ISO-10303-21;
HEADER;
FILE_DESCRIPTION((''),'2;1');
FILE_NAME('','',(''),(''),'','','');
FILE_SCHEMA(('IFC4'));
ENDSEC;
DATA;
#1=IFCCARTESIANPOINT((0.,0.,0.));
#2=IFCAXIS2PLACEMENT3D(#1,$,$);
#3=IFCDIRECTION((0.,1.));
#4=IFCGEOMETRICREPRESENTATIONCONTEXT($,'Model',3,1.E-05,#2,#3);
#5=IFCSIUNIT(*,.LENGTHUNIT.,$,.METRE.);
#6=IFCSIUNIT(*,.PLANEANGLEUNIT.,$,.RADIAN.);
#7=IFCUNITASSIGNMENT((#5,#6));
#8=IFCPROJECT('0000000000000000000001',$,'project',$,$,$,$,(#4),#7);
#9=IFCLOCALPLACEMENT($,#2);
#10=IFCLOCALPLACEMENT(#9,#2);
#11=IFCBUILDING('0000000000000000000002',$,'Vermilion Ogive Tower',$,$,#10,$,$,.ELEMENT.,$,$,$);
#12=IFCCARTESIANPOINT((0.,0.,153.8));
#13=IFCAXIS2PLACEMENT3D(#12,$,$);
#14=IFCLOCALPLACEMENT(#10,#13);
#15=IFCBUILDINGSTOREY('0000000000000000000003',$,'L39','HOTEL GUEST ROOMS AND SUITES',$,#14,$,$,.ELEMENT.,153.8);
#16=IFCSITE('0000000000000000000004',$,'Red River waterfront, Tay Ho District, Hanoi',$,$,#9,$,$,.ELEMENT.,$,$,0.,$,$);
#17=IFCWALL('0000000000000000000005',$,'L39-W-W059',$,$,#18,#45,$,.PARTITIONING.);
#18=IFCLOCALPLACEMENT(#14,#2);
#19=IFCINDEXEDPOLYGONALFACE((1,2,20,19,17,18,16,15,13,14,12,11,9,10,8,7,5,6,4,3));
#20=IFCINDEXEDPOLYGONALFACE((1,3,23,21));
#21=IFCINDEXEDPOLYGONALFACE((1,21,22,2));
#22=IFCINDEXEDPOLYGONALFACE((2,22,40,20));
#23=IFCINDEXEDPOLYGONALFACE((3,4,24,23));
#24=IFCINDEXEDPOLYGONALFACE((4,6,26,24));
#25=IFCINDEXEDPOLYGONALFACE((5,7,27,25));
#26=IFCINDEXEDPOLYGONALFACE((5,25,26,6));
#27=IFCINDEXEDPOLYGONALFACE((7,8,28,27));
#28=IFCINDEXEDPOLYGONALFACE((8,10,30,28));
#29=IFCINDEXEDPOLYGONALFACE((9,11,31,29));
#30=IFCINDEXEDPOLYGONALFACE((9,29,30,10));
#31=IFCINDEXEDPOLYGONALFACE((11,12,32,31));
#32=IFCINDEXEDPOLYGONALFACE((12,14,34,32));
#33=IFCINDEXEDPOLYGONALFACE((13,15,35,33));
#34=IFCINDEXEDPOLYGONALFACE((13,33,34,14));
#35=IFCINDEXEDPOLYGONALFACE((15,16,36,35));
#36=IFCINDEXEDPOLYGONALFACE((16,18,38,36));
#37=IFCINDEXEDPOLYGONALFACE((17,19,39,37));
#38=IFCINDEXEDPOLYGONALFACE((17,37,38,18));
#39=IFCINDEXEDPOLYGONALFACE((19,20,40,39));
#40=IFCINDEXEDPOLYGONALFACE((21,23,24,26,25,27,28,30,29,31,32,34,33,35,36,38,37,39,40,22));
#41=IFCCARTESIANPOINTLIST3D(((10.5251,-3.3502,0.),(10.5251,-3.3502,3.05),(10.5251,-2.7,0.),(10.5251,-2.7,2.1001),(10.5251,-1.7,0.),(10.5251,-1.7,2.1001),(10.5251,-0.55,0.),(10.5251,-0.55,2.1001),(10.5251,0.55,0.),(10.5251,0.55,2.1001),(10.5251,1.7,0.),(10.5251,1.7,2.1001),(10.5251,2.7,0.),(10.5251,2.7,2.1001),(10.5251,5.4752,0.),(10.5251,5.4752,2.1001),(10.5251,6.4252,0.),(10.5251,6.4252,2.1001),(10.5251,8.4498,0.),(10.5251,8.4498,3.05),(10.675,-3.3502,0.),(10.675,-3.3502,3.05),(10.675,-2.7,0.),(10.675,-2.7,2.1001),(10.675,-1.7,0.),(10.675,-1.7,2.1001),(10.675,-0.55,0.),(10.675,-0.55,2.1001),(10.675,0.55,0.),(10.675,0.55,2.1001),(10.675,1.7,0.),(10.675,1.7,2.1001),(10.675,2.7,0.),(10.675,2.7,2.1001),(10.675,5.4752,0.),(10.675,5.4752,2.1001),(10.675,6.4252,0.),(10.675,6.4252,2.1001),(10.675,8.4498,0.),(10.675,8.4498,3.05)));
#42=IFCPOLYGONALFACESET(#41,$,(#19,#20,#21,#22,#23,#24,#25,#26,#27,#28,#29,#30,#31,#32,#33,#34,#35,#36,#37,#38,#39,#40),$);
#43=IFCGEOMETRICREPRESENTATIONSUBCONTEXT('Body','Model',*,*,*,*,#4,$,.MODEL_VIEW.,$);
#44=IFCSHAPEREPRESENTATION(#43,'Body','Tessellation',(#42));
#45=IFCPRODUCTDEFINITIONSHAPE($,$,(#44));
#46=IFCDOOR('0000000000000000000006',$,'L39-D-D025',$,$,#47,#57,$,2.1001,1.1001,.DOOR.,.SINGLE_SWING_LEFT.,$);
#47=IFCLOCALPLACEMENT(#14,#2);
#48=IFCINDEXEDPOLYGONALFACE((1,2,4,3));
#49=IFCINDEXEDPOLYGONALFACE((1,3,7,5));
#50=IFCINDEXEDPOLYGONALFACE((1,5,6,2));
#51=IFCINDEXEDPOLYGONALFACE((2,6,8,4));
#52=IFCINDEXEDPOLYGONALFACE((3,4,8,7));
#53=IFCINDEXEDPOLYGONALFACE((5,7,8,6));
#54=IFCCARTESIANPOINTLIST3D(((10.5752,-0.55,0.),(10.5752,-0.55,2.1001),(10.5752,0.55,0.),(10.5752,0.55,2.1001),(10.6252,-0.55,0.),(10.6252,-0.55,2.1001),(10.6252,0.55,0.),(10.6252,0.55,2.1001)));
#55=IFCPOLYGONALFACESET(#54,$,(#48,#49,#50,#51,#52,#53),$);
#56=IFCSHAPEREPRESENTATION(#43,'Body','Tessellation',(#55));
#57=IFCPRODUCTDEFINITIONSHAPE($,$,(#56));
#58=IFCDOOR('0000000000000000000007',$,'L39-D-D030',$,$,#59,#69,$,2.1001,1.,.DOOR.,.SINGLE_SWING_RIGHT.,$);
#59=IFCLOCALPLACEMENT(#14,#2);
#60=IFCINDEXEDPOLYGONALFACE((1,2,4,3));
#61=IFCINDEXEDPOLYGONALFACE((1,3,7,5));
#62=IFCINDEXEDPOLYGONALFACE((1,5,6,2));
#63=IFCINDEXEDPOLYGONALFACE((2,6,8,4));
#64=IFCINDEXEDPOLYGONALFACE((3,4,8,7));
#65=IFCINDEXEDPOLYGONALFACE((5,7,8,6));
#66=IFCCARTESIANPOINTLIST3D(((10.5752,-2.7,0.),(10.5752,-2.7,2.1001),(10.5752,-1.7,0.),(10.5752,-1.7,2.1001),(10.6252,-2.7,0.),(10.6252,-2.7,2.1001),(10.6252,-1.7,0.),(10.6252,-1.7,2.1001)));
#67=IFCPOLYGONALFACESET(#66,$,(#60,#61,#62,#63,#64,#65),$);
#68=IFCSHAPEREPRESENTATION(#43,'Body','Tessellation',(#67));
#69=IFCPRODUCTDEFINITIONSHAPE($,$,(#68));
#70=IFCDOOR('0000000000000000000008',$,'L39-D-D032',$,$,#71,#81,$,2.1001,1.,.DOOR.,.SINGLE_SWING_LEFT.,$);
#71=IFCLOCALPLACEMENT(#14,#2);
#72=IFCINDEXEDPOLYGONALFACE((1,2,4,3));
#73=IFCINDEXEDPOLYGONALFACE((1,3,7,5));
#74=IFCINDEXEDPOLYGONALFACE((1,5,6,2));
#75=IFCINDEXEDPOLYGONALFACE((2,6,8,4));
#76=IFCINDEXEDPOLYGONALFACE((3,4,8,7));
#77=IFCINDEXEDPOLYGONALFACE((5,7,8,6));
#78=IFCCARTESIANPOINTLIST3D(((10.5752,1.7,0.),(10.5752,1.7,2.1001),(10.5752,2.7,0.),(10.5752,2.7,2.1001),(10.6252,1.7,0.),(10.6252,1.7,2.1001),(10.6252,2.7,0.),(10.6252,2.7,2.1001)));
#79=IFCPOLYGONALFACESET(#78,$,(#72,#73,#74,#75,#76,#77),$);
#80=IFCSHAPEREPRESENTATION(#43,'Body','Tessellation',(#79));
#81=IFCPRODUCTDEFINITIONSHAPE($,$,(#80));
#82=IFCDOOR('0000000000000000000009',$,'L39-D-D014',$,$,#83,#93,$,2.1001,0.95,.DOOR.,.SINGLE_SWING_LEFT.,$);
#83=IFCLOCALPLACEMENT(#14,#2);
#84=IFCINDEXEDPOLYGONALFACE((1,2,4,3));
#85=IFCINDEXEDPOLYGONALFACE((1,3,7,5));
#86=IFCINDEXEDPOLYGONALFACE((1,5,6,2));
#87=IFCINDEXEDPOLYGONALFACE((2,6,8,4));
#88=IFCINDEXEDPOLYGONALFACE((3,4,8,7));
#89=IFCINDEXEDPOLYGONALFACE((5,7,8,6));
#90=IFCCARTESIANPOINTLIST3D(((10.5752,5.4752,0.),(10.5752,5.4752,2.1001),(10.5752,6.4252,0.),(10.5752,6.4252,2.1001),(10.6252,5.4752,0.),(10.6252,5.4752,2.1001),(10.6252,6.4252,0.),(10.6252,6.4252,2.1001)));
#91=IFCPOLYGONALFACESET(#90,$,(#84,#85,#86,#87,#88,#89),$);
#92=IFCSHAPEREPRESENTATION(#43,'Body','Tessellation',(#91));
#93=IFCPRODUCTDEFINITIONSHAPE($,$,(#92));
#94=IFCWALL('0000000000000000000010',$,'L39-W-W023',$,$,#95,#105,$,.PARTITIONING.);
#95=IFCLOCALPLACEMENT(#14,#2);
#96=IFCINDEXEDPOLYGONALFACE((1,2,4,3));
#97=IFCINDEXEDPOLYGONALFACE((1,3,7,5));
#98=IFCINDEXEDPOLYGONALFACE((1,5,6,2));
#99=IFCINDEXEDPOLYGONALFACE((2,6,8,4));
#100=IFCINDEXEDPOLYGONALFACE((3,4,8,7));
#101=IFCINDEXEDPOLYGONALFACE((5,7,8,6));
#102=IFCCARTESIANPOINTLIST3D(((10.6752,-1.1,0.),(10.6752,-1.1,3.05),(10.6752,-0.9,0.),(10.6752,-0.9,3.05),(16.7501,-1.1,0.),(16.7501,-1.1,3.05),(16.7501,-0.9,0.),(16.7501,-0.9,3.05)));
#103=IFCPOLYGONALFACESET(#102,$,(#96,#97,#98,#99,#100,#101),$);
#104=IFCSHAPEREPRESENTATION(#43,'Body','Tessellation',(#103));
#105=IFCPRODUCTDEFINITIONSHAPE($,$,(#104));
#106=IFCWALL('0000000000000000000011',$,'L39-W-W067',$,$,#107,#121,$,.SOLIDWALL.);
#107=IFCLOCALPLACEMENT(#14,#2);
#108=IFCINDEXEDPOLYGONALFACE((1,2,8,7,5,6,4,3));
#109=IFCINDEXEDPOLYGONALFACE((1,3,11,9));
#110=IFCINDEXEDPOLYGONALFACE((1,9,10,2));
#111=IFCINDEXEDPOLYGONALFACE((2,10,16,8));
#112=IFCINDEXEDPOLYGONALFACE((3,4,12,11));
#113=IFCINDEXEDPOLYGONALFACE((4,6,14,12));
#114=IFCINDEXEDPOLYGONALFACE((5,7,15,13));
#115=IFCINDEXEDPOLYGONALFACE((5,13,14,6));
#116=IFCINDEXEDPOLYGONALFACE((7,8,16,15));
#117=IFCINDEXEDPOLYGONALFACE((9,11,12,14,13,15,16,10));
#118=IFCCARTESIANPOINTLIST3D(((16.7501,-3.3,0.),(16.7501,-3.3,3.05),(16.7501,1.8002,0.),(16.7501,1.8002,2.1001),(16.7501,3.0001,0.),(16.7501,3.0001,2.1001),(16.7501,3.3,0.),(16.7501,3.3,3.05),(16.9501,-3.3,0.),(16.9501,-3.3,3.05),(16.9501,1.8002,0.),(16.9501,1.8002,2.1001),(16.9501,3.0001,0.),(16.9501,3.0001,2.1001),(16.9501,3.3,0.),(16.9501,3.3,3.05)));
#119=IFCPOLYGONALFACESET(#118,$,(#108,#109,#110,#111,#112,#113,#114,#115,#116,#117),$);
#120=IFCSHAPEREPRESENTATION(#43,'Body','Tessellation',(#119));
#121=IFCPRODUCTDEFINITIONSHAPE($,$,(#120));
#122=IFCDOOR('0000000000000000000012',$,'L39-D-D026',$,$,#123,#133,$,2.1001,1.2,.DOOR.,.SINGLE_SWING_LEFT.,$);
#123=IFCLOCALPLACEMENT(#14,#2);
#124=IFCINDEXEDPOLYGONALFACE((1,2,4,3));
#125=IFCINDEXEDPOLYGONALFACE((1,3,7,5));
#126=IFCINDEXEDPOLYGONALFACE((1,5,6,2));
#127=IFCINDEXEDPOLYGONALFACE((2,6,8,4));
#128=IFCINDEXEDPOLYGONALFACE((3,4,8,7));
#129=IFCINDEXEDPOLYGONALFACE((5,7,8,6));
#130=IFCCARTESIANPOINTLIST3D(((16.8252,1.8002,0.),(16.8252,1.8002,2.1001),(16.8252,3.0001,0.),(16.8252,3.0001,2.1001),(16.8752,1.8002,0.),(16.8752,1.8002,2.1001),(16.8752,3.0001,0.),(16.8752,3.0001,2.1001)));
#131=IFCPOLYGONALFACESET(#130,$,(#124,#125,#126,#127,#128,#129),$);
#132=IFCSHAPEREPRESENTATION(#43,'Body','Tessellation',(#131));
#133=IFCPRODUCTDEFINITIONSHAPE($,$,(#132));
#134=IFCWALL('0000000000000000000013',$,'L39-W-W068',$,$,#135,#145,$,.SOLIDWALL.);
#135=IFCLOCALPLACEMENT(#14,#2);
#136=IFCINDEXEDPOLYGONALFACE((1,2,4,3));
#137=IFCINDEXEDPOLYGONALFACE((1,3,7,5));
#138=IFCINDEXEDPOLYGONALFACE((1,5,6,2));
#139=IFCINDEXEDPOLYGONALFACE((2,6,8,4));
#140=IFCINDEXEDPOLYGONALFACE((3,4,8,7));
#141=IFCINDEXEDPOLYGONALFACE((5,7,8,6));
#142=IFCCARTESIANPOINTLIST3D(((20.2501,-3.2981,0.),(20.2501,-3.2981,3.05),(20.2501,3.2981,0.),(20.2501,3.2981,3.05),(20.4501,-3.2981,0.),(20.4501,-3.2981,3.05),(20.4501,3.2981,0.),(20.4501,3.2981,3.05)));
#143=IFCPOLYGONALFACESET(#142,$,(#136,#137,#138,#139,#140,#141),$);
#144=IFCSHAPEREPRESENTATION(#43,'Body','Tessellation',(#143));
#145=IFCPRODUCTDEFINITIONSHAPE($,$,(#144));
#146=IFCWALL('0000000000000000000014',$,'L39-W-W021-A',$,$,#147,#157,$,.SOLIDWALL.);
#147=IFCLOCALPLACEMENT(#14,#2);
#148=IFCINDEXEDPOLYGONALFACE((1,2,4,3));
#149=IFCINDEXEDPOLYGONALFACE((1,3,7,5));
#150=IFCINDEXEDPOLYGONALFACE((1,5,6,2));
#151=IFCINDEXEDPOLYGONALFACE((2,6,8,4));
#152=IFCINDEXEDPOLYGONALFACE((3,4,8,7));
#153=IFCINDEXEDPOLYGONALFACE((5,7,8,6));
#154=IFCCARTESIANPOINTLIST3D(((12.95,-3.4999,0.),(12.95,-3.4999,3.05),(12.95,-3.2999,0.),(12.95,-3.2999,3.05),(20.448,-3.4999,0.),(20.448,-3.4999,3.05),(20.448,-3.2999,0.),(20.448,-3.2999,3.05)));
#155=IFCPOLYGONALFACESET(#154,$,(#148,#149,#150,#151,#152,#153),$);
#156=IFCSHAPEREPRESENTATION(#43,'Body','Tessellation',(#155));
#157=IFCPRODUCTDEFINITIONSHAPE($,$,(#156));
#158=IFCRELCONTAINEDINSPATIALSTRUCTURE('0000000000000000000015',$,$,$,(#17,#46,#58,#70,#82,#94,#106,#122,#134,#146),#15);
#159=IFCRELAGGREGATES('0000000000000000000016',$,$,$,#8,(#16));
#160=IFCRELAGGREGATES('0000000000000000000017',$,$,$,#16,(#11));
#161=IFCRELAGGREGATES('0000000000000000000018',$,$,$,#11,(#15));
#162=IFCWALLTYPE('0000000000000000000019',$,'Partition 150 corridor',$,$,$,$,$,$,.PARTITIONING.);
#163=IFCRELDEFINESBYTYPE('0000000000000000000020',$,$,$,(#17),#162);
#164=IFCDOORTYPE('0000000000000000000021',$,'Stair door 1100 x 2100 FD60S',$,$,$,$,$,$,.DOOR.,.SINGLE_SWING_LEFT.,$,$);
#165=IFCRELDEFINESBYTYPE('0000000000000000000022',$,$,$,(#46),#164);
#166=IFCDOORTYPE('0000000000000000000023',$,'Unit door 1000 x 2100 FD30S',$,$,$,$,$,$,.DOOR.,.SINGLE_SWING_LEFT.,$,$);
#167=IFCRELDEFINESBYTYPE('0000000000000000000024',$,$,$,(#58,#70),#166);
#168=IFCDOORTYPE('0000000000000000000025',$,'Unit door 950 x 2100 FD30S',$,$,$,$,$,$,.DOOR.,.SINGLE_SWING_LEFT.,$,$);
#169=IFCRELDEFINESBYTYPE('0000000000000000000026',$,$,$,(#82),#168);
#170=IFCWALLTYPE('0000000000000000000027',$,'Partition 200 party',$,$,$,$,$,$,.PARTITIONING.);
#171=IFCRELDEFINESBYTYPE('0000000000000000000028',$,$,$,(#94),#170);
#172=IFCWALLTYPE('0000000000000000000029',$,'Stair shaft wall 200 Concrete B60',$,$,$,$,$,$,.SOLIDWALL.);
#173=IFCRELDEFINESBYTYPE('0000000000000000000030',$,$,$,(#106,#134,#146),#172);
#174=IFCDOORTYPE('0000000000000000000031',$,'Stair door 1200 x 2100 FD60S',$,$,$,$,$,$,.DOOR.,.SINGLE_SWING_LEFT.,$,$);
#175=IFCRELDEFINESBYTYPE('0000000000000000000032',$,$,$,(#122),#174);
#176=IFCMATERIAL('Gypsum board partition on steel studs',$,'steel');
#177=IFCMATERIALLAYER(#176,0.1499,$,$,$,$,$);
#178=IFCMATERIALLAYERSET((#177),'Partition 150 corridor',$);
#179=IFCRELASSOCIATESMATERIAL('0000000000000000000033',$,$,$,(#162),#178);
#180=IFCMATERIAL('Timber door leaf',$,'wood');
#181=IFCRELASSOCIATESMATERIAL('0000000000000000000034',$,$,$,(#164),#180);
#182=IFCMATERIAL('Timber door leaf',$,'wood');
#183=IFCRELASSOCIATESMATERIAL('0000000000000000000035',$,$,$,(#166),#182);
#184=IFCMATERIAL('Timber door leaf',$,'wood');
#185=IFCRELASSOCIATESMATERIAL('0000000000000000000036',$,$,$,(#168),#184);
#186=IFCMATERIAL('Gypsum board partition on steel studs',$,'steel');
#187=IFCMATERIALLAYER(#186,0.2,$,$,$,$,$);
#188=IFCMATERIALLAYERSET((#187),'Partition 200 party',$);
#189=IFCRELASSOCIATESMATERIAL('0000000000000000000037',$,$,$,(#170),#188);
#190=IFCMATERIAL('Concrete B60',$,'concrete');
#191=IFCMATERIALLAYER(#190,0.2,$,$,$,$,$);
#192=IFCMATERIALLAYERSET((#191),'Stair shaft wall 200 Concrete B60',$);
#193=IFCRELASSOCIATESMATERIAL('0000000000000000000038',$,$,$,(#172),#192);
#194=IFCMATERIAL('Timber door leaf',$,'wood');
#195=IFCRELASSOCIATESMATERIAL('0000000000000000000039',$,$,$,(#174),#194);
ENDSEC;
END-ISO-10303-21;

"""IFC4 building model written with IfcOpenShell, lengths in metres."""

from ifc_helpers import new_model, si_unit, direction, frame, frame_2d, origin, place, context, subcontext, project, spatial, rectangle, extrude, material, layer, layer_set, type_object, element, fill, save


model = new_model("IFC4")

# Units and contexts
model_context = context("Model", 3, precision=1e-05, world=origin(), true_north=direction((0.0, 1.0)))
body_context = subcontext(model_context, "Body", "Model", "MODEL_VIEW")
ifc_project = project(units=[si_unit("LENGTHUNIT", "METRE"), si_unit("PLANEANGLEUNIT", "RADIAN")], contexts=[model_context])

# Site, building, storey
site_placement = place(None, origin())
site = spatial("IfcSite", under=ifc_project, at=site_placement, Name="Red River waterfront, Tay Ho District, Hanoi", CompositionType="ELEMENT", RefElevation=0.0)
building_placement = place(site_placement, origin())
building = spatial("IfcBuilding", under=site, at=building_placement, Name="Vermilion Ogive Tower", CompositionType="ELEMENT")
storey_placement = place(building_placement, frame((0.0, 0.0, 153.8)))
storey = spatial("IfcBuildingStorey", under=building, at=storey_placement, Name="L39", Description="HOTEL GUEST ROOMS AND SUITES", CompositionType="ELEMENT", Elevation=153.8)

# Shared definitions
ifc_material_1 = material(Name="Gypsum board partition on steel studs", Category="steel")
ifc_layer_1 = layer(ifc_material_1, 0.1499)
ifc_layer_set_1 = layer_set([ifc_layer_1], Name="Partition 150 corridor")
wall_type_1 = type_object("IfcWallType", Name="Partition 150 corridor", PredefinedType="PARTITIONING", material=ifc_layer_set_1)

# Wall, openings, doors
wall_1_placement = place(storey_placement, frame((10.6001, -3.3501, 0.0), z_axis=(0.0, 0.0, 1.0), x_axis=(0.0, 1.0, 0.0)))
wall_1 = element("IfcWall", 1, at=wall_1_placement, inside=storey, type_object=wall_type_1, Name="L39-W-W059", PredefinedType="PARTITIONING", context=body_context, shape_type="SweptSolid", body=[
    extrude(rectangle(XDim=11.8, YDim=0.1499, at=frame_2d((5.8999, 0.0))), origin(), (0.0, 0.0, 1.0), 3.05),
])
opening_1_placement = place(wall_1_placement, frame((8.8252, 0.0, 0.0)))
opening_1 = element("IfcOpeningElement", 2, at=opening_1_placement, cuts=wall_1, PredefinedType="OPENING", context=body_context, shape_type="SweptSolid", body=[
    extrude(rectangle(XDim=0.95, YDim=2.1001, at=frame_2d((0.4751, 1.05))), frame((0.0, 0.085, 0.0), z_axis=(0.0, -1.0, 0.0), x_axis=(1.0, 0.0, 0.0)), (0.0, 0.0, 1.0), 0.1699),
])
opening_2_placement = place(wall_1_placement, frame((2.8, 0.0, 0.0)))
opening_2 = element("IfcOpeningElement", 3, at=opening_2_placement, cuts=wall_1, PredefinedType="OPENING", context=body_context, shape_type="SweptSolid", body=[
    extrude(rectangle(XDim=1.1001, YDim=2.1001, at=frame_2d((0.55, 1.05))), frame((0.0, 0.085, 0.0), z_axis=(0.0, -1.0, 0.0), x_axis=(1.0, 0.0, 0.0)), (0.0, 0.0, 1.0), 0.1699),
])
opening_3_placement = place(wall_1_placement, frame((0.6501, 0.0, 0.0)))
opening_3 = element("IfcOpeningElement", 4, at=opening_3_placement, cuts=wall_1, PredefinedType="OPENING", context=body_context, shape_type="SweptSolid", body=[
    extrude(rectangle(XDim=1.0, YDim=2.1001, at=frame_2d((0.5, 1.05))), frame((0.0, 0.085, 0.0), z_axis=(0.0, -1.0, 0.0), x_axis=(1.0, 0.0, 0.0)), (0.0, 0.0, 1.0), 0.1699),
])
opening_4_placement = place(wall_1_placement, frame((5.05, 0.0, 0.0)))
opening_4 = element("IfcOpeningElement", 5, at=opening_4_placement, cuts=wall_1, PredefinedType="OPENING", context=body_context, shape_type="SweptSolid", body=[
    extrude(rectangle(XDim=1.0, YDim=2.1001, at=frame_2d((0.5, 1.05))), frame((0.0, 0.085, 0.0), z_axis=(0.0, -1.0, 0.0), x_axis=(1.0, 0.0, 0.0)), (0.0, 0.0, 1.0), 0.1699),
])
ifc_material_2 = material(Name="Timber door leaf", Category="wood")
door_type_1 = type_object("IfcDoorType", Name="Stair door 1100 x 2100 FD60S", OperationType="SINGLE_SWING_LEFT", PredefinedType="DOOR", material=ifc_material_2)
door_1_placement = place(opening_2_placement, origin())
door_1 = element("IfcDoor", 6, at=door_1_placement, inside=storey, type_object=door_type_1, Name="L39-D-D025", OperationType="SINGLE_SWING_LEFT", OverallHeight=2.1001, OverallWidth=1.1001, PredefinedType="DOOR", context=body_context, shape_type="SweptSolid", body=[
    extrude(rectangle(XDim=1.1001, YDim=2.1001, at=frame_2d((0.55, 1.05))), frame((0.0, 0.0249, 0.0), z_axis=(0.0, -1.0, 0.0), x_axis=(1.0, 0.0, 0.0)), (0.0, 0.0, 1.0), 0.05),
])
fill(opening_2, door_1)
ifc_material_3 = material(Name="Timber door leaf", Category="wood")
door_type_2 = type_object("IfcDoorType", Name="Unit door 1000 x 2100 FD30S", OperationType="SINGLE_SWING_LEFT", PredefinedType="DOOR", material=ifc_material_3)
door_2_placement = place(opening_3_placement, origin())
door_2 = element("IfcDoor", 7, at=door_2_placement, inside=storey, type_object=door_type_2, Name="L39-D-D030", OperationType="SINGLE_SWING_RIGHT", OverallHeight=2.1001, OverallWidth=1.0, PredefinedType="DOOR", context=body_context, shape_type="SweptSolid", body=[
    extrude(rectangle(XDim=1.0, YDim=2.1001, at=frame_2d((0.5, 1.05))), frame((0.0, 0.0249, 0.0), z_axis=(0.0, -1.0, 0.0), x_axis=(1.0, 0.0, 0.0)), (0.0, 0.0, 1.0), 0.05),
])
fill(opening_3, door_2)
door_3_placement = place(opening_4_placement, origin())
door_3 = element("IfcDoor", 8, at=door_3_placement, inside=storey, type_object=door_type_2, Name="L39-D-D032", OperationType="SINGLE_SWING_LEFT", OverallHeight=2.1001, OverallWidth=1.0, PredefinedType="DOOR", context=body_context, shape_type="SweptSolid", body=[
    extrude(rectangle(XDim=1.0, YDim=2.1001, at=frame_2d((0.5, 1.05))), frame((0.0, 0.0249, 0.0), z_axis=(0.0, -1.0, 0.0), x_axis=(1.0, 0.0, 0.0)), (0.0, 0.0, 1.0), 0.05),
])
fill(opening_4, door_3)
ifc_material_4 = material(Name="Timber door leaf", Category="wood")
door_type_3 = type_object("IfcDoorType", Name="Unit door 950 x 2100 FD30S", OperationType="SINGLE_SWING_LEFT", PredefinedType="DOOR", material=ifc_material_4)
door_4_placement = place(opening_1_placement, origin())
door_4 = element("IfcDoor", 9, at=door_4_placement, inside=storey, type_object=door_type_3, Name="L39-D-D014", OperationType="SINGLE_SWING_LEFT", OverallHeight=2.1001, OverallWidth=0.95, PredefinedType="DOOR", context=body_context, shape_type="SweptSolid", body=[
    extrude(rectangle(XDim=0.95, YDim=2.1001, at=frame_2d((0.4751, 1.05))), frame((0.0, 0.0249, 0.0), z_axis=(0.0, -1.0, 0.0), x_axis=(1.0, 0.0, 0.0)), (0.0, 0.0, 1.0), 0.05),
])
fill(opening_1, door_4)

# Wall
ifc_material_5 = material(Name="Gypsum board partition on steel studs", Category="steel")
ifc_layer_2 = layer(ifc_material_5, 0.2)
ifc_layer_set_2 = layer_set([ifc_layer_2], Name="Partition 200 party")
wall_type_2 = type_object("IfcWallType", Name="Partition 200 party", PredefinedType="PARTITIONING", material=ifc_layer_set_2)
wall_2_placement = place(storey_placement, frame((10.675, -1.0, 0.0), z_axis=(0.0, 0.0, 1.0), x_axis=(1.0, 0.0, 0.0)))
element("IfcWall", 10, at=wall_2_placement, inside=storey, type_object=wall_type_2, Name="L39-W-W023", PredefinedType="PARTITIONING", context=body_context, shape_type="SweptSolid", body=[
    extrude(rectangle(XDim=6.075, YDim=0.2, at=frame_2d((3.0376, 0.0))), origin(), (0.0, 0.0, 1.0), 3.05),
])

# Wall, opening, door
ifc_material_6 = material(Name="Concrete B60", Category="concrete")
ifc_layer_3 = layer(ifc_material_6, 0.2)
ifc_layer_set_3 = layer_set([ifc_layer_3], Name="Stair shaft wall 200 Concrete B60")
wall_type_3 = type_object("IfcWallType", Name="Stair shaft wall 200 Concrete B60", PredefinedType="SOLIDWALL", material=ifc_layer_set_3)
wall_3_placement = place(storey_placement, frame((16.8501, -3.3, 0.0), z_axis=(0.0, 0.0, 1.0), x_axis=(0.0, 1.0, 0.0)))
wall_3 = element("IfcWall", 11, at=wall_3_placement, inside=storey, type_object=wall_type_3, Name="L39-W-W067", PredefinedType="SOLIDWALL", context=body_context, shape_type="SweptSolid", body=[
    extrude(rectangle(XDim=6.6001, YDim=0.2, at=frame_2d((3.3, 0.0))), origin(), (0.0, 0.0, 1.0), 3.05),
])
opening_5_placement = place(wall_3_placement, frame((5.1001, 0.0, 0.0)))
opening_5 = element("IfcOpeningElement", 12, at=opening_5_placement, cuts=wall_3, PredefinedType="OPENING", context=body_context, shape_type="SweptSolid", body=[
    extrude(rectangle(XDim=1.2, YDim=2.1001, at=frame_2d((0.6001, 1.05))), frame((0.0, 0.1099, 0.0), z_axis=(0.0, -1.0, 0.0), x_axis=(1.0, 0.0, 0.0)), (0.0, 0.0, 1.0), 0.22),
])
ifc_material_7 = material(Name="Timber door leaf", Category="wood")
door_type_4 = type_object("IfcDoorType", Name="Stair door 1200 x 2100 FD60S", OperationType="SINGLE_SWING_LEFT", PredefinedType="DOOR", material=ifc_material_7)
door_5_placement = place(opening_5_placement, origin())
door_5 = element("IfcDoor", 13, at=door_5_placement, inside=storey, type_object=door_type_4, Name="L39-D-D026", OperationType="SINGLE_SWING_LEFT", OverallHeight=2.1001, OverallWidth=1.2, PredefinedType="DOOR", context=body_context, shape_type="SweptSolid", body=[
    extrude(rectangle(XDim=1.2, YDim=2.1001, at=frame_2d((0.6001, 1.05))), frame((0.0, 0.0249, 0.0), z_axis=(0.0, -1.0, 0.0), x_axis=(1.0, 0.0, 0.0)), (0.0, 0.0, 1.0), 0.05),
])
fill(opening_5, door_5)

# Walls
wall_4_placement = place(storey_placement, frame((20.3501, -3.2981, 0.0), z_axis=(0.0, 0.0, 1.0), x_axis=(0.0, 1.0, 0.0)))
element("IfcWall", 14, at=wall_4_placement, inside=storey, type_object=wall_type_3, Name="L39-W-W068", PredefinedType="SOLIDWALL", context=body_context, shape_type="SweptSolid", body=[
    extrude(rectangle(XDim=6.5962, YDim=0.2, at=frame_2d((3.2981, 0.0))), origin(), (0.0, 0.0, 1.0), 3.05),
])
wall_5_placement = place(storey_placement, frame((12.95, -3.3999, 0.0), z_axis=(0.0, 0.0, 1.0), x_axis=(1.0, 0.0, 0.0)))
element("IfcWall", 15, at=wall_5_placement, inside=storey, type_object=wall_type_3, Name="L39-W-W021-A", PredefinedType="SOLIDWALL", context=body_context, shape_type="SweptSolid", body=[
    extrude(rectangle(XDim=7.498, YDim=0.2, at=frame_2d((3.749, 0.0))), origin(), (0.0, 0.0, 1.0), 3.05),
])

save(model, "model.ifc")
